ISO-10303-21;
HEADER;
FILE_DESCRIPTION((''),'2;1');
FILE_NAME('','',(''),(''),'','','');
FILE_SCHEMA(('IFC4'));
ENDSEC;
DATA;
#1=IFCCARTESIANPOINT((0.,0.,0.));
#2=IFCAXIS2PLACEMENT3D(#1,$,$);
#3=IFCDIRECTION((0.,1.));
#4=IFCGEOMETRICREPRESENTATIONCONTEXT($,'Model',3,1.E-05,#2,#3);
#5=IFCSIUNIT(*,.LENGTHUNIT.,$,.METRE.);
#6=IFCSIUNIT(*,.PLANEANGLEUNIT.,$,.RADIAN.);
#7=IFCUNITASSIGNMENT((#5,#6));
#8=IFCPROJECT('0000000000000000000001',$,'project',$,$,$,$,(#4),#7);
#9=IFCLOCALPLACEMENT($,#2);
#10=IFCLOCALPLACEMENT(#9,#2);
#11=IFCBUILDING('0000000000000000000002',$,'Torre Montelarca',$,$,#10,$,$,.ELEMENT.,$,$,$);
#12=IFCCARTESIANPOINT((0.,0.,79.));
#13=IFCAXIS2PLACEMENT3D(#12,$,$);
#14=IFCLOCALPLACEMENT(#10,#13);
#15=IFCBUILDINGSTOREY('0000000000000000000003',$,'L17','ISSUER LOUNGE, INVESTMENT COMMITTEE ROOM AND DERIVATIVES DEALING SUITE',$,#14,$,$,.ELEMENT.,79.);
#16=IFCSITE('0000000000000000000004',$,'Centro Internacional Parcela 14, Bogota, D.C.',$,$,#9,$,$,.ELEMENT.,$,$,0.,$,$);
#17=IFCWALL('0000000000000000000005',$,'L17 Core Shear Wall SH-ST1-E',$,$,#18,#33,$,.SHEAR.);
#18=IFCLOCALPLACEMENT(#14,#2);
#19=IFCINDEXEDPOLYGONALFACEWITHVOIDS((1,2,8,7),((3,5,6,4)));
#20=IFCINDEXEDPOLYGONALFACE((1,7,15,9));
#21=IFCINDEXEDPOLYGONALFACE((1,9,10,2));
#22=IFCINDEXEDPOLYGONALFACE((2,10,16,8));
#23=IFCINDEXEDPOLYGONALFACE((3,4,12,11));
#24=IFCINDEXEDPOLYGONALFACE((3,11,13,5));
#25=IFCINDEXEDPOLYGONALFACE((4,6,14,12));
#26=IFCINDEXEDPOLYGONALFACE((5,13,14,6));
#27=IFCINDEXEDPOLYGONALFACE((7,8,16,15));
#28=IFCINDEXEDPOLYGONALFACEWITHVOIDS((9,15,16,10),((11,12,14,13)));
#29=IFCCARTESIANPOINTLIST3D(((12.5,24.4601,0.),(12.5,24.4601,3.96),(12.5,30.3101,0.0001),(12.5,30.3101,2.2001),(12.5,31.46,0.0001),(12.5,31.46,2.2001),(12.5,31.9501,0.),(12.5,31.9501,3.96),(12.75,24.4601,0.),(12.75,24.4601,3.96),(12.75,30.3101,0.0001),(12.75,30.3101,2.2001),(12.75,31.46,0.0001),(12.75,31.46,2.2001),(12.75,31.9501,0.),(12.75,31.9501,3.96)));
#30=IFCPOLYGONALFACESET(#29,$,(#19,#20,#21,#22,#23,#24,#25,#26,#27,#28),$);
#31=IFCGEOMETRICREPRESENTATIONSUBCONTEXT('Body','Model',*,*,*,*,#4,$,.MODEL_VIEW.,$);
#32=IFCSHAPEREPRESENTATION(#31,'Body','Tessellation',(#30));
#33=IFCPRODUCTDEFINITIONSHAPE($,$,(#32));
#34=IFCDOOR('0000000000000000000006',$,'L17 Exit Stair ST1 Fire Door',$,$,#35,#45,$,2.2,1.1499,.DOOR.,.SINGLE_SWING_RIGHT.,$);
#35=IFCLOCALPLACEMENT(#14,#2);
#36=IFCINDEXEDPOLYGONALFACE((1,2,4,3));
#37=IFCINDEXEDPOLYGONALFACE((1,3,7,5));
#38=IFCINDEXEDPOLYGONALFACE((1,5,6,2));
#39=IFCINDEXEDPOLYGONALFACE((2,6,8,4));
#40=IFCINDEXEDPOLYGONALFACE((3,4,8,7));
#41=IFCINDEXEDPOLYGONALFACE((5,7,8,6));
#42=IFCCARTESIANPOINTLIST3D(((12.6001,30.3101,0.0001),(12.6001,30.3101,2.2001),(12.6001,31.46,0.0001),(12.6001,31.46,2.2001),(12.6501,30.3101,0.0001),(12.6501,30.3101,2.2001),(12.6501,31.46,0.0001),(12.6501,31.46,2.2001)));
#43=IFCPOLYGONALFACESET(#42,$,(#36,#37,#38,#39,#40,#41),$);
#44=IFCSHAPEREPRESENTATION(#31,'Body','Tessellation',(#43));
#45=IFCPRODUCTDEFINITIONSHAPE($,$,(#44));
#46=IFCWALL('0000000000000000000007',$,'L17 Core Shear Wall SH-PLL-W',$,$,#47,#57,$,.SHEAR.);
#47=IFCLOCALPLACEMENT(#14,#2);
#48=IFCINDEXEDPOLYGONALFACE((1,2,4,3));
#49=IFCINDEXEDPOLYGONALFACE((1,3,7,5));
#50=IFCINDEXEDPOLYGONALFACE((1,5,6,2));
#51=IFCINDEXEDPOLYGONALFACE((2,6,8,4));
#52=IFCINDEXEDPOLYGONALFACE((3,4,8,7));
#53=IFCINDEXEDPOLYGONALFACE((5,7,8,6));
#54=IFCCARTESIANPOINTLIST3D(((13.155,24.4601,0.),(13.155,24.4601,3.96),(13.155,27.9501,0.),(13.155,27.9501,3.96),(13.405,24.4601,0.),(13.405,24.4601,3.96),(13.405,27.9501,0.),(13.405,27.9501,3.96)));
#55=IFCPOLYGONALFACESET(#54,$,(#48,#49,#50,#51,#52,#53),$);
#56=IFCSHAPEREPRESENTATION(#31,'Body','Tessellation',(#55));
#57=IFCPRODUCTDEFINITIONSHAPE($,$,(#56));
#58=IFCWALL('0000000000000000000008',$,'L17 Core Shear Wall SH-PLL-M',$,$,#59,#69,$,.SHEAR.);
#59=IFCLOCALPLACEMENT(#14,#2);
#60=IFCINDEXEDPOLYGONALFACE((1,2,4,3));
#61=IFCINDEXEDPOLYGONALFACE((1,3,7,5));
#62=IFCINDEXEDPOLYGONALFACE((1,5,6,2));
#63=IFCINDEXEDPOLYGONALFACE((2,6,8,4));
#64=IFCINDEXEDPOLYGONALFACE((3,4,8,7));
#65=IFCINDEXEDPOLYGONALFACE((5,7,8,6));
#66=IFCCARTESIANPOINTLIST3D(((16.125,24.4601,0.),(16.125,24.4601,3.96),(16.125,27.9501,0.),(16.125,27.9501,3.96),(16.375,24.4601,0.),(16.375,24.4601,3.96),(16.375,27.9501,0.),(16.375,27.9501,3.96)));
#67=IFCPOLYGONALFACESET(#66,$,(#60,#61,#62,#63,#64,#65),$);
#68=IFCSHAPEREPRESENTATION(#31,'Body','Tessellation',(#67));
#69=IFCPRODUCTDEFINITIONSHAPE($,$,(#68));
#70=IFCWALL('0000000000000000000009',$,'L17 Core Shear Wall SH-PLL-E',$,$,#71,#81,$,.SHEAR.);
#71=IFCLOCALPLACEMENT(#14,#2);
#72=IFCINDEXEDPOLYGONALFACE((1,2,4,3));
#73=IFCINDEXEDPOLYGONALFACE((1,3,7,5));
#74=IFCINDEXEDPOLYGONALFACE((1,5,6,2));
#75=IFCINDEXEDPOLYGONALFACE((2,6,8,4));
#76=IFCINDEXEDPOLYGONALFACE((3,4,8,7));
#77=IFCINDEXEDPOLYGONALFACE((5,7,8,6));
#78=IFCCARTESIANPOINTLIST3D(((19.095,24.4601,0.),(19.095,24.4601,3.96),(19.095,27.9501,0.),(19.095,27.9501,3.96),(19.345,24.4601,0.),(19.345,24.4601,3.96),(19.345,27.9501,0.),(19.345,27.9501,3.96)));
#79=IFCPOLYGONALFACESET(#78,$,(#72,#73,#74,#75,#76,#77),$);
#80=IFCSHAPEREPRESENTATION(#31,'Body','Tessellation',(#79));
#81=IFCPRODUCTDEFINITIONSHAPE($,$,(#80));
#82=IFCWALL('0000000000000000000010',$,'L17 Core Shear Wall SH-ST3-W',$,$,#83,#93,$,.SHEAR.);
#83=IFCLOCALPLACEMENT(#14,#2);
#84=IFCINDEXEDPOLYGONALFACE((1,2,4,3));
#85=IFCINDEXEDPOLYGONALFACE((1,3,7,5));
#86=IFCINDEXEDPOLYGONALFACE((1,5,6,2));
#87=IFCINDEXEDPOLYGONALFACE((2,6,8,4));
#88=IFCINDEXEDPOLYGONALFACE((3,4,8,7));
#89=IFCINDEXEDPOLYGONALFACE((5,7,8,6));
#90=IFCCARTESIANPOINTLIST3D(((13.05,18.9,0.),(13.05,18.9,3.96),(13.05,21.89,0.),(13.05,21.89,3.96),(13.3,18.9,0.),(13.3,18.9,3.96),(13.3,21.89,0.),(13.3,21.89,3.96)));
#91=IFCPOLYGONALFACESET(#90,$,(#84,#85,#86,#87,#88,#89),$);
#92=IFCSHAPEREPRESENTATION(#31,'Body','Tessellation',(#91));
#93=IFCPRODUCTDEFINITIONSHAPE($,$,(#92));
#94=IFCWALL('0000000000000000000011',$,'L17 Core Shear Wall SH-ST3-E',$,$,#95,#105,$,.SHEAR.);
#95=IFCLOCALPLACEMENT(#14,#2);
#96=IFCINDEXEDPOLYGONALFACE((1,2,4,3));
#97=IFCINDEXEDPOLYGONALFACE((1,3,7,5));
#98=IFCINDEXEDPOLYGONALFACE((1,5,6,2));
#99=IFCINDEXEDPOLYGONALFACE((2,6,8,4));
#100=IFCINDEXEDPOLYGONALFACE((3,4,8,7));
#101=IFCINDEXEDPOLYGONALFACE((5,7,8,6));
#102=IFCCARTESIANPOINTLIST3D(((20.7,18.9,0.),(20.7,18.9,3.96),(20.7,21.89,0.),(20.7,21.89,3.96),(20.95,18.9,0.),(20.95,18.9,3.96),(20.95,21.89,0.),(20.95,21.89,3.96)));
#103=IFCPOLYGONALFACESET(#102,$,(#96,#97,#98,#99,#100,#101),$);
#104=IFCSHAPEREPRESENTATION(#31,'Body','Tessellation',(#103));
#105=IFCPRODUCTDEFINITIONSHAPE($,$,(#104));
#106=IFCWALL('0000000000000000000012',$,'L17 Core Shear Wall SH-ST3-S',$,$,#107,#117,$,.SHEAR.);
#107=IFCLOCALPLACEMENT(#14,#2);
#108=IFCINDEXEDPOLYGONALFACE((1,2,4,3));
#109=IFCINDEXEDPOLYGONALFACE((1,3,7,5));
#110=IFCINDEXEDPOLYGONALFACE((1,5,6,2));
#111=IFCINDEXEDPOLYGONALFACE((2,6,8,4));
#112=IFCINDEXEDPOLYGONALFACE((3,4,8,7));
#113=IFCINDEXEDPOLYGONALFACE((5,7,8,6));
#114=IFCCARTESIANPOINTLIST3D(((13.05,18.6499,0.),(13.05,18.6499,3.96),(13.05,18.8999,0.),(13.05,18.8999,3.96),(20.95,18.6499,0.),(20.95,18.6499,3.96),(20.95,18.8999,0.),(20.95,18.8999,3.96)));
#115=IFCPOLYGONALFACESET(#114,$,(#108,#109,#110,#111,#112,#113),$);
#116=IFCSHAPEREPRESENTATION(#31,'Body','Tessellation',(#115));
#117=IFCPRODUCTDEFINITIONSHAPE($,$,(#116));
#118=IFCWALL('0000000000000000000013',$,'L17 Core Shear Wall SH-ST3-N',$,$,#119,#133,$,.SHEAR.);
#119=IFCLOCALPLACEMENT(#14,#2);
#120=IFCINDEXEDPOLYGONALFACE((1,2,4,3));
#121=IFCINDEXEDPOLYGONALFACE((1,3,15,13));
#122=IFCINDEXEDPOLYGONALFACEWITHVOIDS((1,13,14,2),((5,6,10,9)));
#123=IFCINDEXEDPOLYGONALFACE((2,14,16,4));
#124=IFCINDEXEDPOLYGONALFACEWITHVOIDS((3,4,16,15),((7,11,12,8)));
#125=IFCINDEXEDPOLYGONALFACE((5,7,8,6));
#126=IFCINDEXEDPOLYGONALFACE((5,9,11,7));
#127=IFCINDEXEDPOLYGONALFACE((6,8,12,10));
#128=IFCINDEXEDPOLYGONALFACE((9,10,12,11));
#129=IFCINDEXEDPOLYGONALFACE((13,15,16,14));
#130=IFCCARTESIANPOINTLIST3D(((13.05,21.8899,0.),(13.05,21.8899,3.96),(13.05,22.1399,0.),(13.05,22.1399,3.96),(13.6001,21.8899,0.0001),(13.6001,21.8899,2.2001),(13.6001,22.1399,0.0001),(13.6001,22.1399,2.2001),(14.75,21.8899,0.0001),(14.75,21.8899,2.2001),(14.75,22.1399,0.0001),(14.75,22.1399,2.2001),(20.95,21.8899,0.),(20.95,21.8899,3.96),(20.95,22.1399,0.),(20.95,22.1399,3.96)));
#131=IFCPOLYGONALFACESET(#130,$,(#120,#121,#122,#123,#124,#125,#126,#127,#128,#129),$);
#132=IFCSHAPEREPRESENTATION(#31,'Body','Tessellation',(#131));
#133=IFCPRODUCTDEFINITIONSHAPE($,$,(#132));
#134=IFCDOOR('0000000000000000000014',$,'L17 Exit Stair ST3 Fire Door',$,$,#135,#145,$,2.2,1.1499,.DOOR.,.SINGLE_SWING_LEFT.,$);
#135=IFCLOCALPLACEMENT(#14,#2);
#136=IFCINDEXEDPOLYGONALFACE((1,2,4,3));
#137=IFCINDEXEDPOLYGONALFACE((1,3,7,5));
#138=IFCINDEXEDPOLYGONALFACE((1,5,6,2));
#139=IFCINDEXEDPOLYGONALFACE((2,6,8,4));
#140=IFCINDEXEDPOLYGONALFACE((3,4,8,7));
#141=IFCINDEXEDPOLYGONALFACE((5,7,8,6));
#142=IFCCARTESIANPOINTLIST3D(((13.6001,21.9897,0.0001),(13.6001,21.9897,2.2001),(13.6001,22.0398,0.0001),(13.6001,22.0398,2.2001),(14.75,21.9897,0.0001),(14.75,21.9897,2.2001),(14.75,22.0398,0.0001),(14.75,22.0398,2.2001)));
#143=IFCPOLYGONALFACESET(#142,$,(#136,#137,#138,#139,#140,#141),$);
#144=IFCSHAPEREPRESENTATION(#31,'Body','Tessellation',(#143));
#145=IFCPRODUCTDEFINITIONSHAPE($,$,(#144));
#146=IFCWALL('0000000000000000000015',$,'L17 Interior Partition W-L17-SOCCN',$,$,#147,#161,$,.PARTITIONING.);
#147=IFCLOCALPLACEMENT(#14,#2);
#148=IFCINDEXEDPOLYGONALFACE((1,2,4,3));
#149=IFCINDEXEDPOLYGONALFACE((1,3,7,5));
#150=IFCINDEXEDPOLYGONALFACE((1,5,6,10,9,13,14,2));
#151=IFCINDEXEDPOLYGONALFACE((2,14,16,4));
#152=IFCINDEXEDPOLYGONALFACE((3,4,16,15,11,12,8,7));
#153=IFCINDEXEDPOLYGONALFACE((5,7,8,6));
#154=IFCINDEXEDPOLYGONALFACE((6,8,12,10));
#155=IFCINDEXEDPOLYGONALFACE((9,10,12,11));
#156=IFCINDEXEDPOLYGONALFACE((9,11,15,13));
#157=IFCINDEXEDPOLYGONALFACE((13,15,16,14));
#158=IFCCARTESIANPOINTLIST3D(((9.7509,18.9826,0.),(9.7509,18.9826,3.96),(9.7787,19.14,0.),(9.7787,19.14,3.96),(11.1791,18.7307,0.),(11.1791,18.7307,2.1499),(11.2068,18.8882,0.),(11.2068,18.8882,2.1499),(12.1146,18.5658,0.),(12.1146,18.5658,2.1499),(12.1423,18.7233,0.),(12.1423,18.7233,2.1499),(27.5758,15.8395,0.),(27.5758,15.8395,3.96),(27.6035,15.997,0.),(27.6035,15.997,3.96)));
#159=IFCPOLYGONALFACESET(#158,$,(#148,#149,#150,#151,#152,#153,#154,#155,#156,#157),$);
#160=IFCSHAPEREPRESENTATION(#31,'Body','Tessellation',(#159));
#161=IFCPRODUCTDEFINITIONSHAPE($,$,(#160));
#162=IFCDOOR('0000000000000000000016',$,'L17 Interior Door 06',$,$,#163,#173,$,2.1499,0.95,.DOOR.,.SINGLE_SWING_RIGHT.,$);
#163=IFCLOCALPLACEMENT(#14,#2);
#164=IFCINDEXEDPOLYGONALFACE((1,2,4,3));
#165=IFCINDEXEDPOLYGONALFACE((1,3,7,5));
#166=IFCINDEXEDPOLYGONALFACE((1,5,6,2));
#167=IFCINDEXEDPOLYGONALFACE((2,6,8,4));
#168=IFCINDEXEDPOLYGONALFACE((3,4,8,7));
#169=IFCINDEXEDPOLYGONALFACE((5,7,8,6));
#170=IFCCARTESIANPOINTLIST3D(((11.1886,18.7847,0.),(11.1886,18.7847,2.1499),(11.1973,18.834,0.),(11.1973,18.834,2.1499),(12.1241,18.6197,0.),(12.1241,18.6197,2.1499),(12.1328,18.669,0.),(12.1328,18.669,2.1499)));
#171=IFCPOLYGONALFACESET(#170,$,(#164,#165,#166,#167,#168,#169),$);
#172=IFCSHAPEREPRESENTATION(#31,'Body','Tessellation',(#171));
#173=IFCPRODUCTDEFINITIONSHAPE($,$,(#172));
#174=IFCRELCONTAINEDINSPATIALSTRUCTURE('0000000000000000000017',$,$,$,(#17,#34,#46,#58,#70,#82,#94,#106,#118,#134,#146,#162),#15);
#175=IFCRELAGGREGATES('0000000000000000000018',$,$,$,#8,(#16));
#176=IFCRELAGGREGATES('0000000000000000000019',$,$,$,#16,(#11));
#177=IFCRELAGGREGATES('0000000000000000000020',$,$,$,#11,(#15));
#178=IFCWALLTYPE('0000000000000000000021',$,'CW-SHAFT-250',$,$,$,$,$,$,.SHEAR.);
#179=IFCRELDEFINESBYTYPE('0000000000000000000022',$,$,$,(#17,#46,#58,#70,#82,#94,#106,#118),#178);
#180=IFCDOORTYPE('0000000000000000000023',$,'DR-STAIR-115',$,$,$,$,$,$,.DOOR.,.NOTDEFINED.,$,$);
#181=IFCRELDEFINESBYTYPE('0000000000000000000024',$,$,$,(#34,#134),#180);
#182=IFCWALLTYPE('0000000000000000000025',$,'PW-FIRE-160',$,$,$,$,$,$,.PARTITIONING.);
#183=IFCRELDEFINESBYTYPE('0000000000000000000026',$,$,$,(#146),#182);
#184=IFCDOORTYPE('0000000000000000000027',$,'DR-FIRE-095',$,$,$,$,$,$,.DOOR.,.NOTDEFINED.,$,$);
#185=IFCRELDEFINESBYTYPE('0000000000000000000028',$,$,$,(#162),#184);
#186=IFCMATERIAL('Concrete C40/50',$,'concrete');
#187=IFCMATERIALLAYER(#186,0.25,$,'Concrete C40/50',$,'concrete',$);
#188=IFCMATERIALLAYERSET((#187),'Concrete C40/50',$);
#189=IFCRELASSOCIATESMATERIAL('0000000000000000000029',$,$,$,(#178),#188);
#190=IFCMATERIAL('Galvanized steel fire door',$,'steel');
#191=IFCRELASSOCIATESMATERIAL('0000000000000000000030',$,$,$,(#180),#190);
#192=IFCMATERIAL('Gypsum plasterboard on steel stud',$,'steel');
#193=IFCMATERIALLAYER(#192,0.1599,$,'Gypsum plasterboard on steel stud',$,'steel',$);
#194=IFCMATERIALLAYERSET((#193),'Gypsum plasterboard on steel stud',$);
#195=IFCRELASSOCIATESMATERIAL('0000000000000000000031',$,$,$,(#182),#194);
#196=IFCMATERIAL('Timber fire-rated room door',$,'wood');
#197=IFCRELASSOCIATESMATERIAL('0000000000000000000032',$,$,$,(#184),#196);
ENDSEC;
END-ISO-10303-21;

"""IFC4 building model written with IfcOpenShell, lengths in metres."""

from ifc_helpers import new_model, si_unit, direction, frame, frame_2d, origin, place, context, subcontext, project, spatial, rectangle, extrude, source, transform, mapped, material, layer, layer_set, type_object, element, fill, save


model = new_model("IFC4")

# Units and contexts
model_context = context("Model", 3, precision=1e-05, world=origin(), true_north=direction((0.0, 1.0)))
body_context = subcontext(model_context, "Body", "Model", "MODEL_VIEW")
ifc_project = project(units=[si_unit("LENGTHUNIT", "METRE"), si_unit("PLANEANGLEUNIT", "RADIAN")], contexts=[model_context])

# Site, building, storey
site_placement = place(None, origin())
site = spatial("IfcSite", under=ifc_project, at=site_placement, Name="Centro Internacional Parcela 14, Bogota, D.C.", CompositionType="ELEMENT", RefElevation=0.0)
building_placement = place(site_placement, origin())
building = spatial("IfcBuilding", under=site, at=building_placement, Name="Torre Montelarca", CompositionType="ELEMENT")
storey_placement = place(building_placement, frame((0.0, 0.0, 79.0)))
storey = spatial("IfcBuildingStorey", under=building, at=storey_placement, Name="L17", Description="ISSUER LOUNGE, INVESTMENT COMMITTEE ROOM AND DERIVATIVES DEALING SUITE", CompositionType="ELEMENT", Elevation=79.0)

# Wall, opening, door
ifc_material_1 = material(Name="Concrete C40/50", Category="concrete")
ifc_layer_1 = layer(ifc_material_1, 0.25, Name="Concrete C40/50", Category="concrete")
ifc_layer_set_1 = layer_set([ifc_layer_1], Name="Concrete C40/50")
wall_type_1 = type_object("IfcWallType", Name="CW-SHAFT-250", PredefinedType="SHEAR", material=ifc_layer_set_1)
wall_1_placement = place(storey_placement, frame((12.625, 24.46, 0.0), z_axis=(0.0, 0.0, 1.0), x_axis=(0.0, 1.0, 0.0)))
wall_1 = element("IfcWall", 1, at=wall_1_placement, inside=storey, type_object=wall_type_1, Name="L17 Core Shear Wall SH-ST1-E", PredefinedType="SHEAR", context=body_context, shape_type="SweptSolid", body=[
    extrude(rectangle(XDim=7.49, YDim=0.25, at=frame_2d((3.7451, 0.0))), origin(), (0.0, 0.0, 1.0), 3.96),
])
opening_1_placement = place(wall_1_placement, frame((5.8501, 0.0, 0.0)))
opening_1 = element("IfcOpeningElement", 2, at=opening_1_placement, cuts=wall_1, PredefinedType="OPENING", context=body_context, shape_type="SweptSolid", body=[
    extrude(rectangle(XDim=1.1499, YDim=2.2, at=frame_2d((0.575, 1.1001))), frame((0.0, 0.135, 0.0), z_axis=(0.0, -1.0, 0.0), x_axis=(1.0, 0.0, 0.0)), (0.0, 0.0, 1.0), 0.27),
])
ifc_material_2 = material(Name="Galvanized steel fire door", Category="steel")
door_type_1 = type_object("IfcDoorType", Name="DR-STAIR-115", OperationType="NOTDEFINED", PredefinedType="DOOR", material=ifc_material_2)
shared_shape_1 = source(origin(), body_context, "Body", "SweptSolid", [
    extrude(rectangle(XDim=1.1499, YDim=2.2, at=frame_2d((0.575, 1.1001))), frame((0.0, 0.0249, 0.0), z_axis=(0.0, -1.0, 0.0), x_axis=(1.0, 0.0, 0.0)), (0.0, 0.0, 1.0), 0.05),
])
door_1_placement = place(opening_1_placement, origin())
door_1 = element("IfcDoor", 3, at=door_1_placement, inside=storey, type_object=door_type_1, Name="L17 Exit Stair ST1 Fire Door", OperationType="SINGLE_SWING_RIGHT", OverallHeight=2.2, OverallWidth=1.1499, PredefinedType="DOOR", context=body_context, shape_type="MappedRepresentation", body=[
    mapped(shared_shape_1, transform((0.0, 0.0, 0.0), scale=1.0)),
])
fill(opening_1, door_1)

# Walls
for number, where, z_axis, x_axis, name in (
    (4, (13.28, 24.46, 0.0), (0.0, 0.0, 1.0), (0.0, 1.0, 0.0), "L17 Core Shear Wall SH-PLL-W"),
    (5, (16.25, 24.46, 0.0), (0.0, 0.0, 1.0), (0.0, 1.0, 0.0), "L17 Core Shear Wall SH-PLL-M"),
    (6, (19.22, 24.46, 0.0), (0.0, 0.0, 1.0), (0.0, 1.0, 0.0), "L17 Core Shear Wall SH-PLL-E"),
):
    element("IfcWall", number, at=place(storey_placement, frame(where, z_axis=z_axis, x_axis=x_axis)), inside=storey, type_object=wall_type_1, Name=name, PredefinedType="SHEAR", context=body_context, shape_type="SweptSolid", body=[
        extrude(rectangle(XDim=3.49, YDim=0.25, at=frame_2d((1.7451, 0.0))), origin(), (0.0, 0.0, 1.0), 3.96),
    ])
for number, where, z_axis, x_axis, name in (
    (7, (13.175, 18.8999, 0.0), (0.0, 0.0, 1.0), (0.0, 1.0, 0.0), "L17 Core Shear Wall SH-ST3-W"),
    (8, (20.825, 18.8999, 0.0), (0.0, 0.0, 1.0), (0.0, 1.0, 0.0), "L17 Core Shear Wall SH-ST3-E"),
):
    element("IfcWall", number, at=place(storey_placement, frame(where, z_axis=z_axis, x_axis=x_axis)), inside=storey, type_object=wall_type_1, Name=name, PredefinedType="SHEAR", context=body_context, shape_type="SweptSolid", body=[
        extrude(rectangle(XDim=2.99, YDim=0.25, at=frame_2d((1.4951, 0.0))), origin(), (0.0, 0.0, 1.0), 3.96),
    ])
wall_2_placement = place(storey_placement, frame((13.05, 18.7749, 0.0), z_axis=(0.0, 0.0, 1.0), x_axis=(1.0, 0.0, 0.0)))
element("IfcWall", 9, at=wall_2_placement, inside=storey, type_object=wall_type_1, Name="L17 Core Shear Wall SH-ST3-S", PredefinedType="SHEAR", context=body_context, shape_type="SweptSolid", body=[
    extrude(rectangle(XDim=7.8999, YDim=0.25, at=frame_2d((3.95, 0.0))), origin(), (0.0, 0.0, 1.0), 3.96),
])

# Walls, openings, doors
wall_3_placement = place(storey_placement, frame((13.05, 22.0149, 0.0), z_axis=(0.0, 0.0, 1.0), x_axis=(1.0, 0.0, 0.0)))
wall_3 = element("IfcWall", 10, at=wall_3_placement, inside=storey, type_object=wall_type_1, Name="L17 Core Shear Wall SH-ST3-N", PredefinedType="SHEAR", context=body_context, shape_type="SweptSolid", body=[
    extrude(rectangle(XDim=7.8999, YDim=0.25, at=frame_2d((3.95, 0.0))), origin(), (0.0, 0.0, 1.0), 3.96),
])
opening_2_placement = place(wall_3_placement, frame((0.55, 0.0, 0.0)))
opening_2 = element("IfcOpeningElement", 11, at=opening_2_placement, cuts=wall_3, PredefinedType="OPENING", context=body_context, shape_type="SweptSolid", body=[
    extrude(rectangle(XDim=1.1499, YDim=2.2, at=frame_2d((0.575, 1.1001))), frame((0.0, 0.135, 0.0), z_axis=(0.0, -1.0, 0.0), x_axis=(1.0, 0.0, 0.0)), (0.0, 0.0, 1.0), 0.27),
])
door_2_placement = place(opening_2_placement, origin())
door_2 = element("IfcDoor", 12, at=door_2_placement, inside=storey, type_object=door_type_1, Name="L17 Exit Stair ST3 Fire Door", OperationType="SINGLE_SWING_LEFT", OverallHeight=2.2, OverallWidth=1.1499, PredefinedType="DOOR", context=body_context, shape_type="MappedRepresentation", body=[
    mapped(shared_shape_1, transform((0.0, 0.0, 0.0), scale=1.0)),
])
fill(opening_2, door_2)
ifc_material_3 = material(Name="Gypsum plasterboard on steel stud", Category="steel")
ifc_layer_2 = layer(ifc_material_3, 0.1599, Name="Gypsum plasterboard on steel stud", Category="steel")
ifc_layer_set_2 = layer_set([ifc_layer_2], Name="Gypsum plasterboard on steel stud")
wall_type_2 = type_object("IfcWallType", Name="PW-FIRE-160", PredefinedType="PARTITIONING", material=ifc_layer_set_2)
wall_4_placement = place(storey_placement, frame((9.7649, 19.0613, 0.0), z_axis=(0.0, 0.0, 1.0), x_axis=(0.984807, -0.173651, 0.0)))
wall_4 = element("IfcWall", 13, at=wall_4_placement, inside=storey, type_object=wall_type_2, Name="L17 Interior Partition W-L17-SOCCN", PredefinedType="PARTITIONING", context=body_context, shape_type="SweptSolid", body=[
    extrude(rectangle(XDim=18.0999, YDim=0.1599, at=frame_2d((9.0498, 0.0))), origin(), (0.0, 0.0, 1.0), 3.96),
])
opening_3_placement = place(wall_4_placement, frame((1.45, 0.0, 0.0)))
opening_3 = element("IfcOpeningElement", 14, at=opening_3_placement, cuts=wall_4, PredefinedType="OPENING", context=body_context, shape_type="SweptSolid", body=[
    extrude(rectangle(XDim=0.95, YDim=2.1499, at=frame_2d((0.4751, 1.075))), frame((0.0, 0.0898, 0.0), z_axis=(0.0, -1.0, 0.0), x_axis=(1.0, 0.0, 0.0)), (0.0, 0.0, 1.0), 0.1799),
])
ifc_material_4 = material(Name="Timber fire-rated room door", Category="wood")
door_type_2 = type_object("IfcDoorType", Name="DR-FIRE-095", OperationType="NOTDEFINED", PredefinedType="DOOR", material=ifc_material_4)
shared_shape_2 = source(origin(), body_context, "Body", "SweptSolid", [
    extrude(rectangle(XDim=0.95, YDim=2.1499, at=frame_2d((0.4751, 1.075))), frame((0.0, 0.0249, 0.0), z_axis=(0.0, -1.0, 0.0), x_axis=(1.0, 0.0, 0.0)), (0.0, 0.0, 1.0), 0.05),
])
door_3_placement = place(opening_3_placement, origin())
door_3 = element("IfcDoor", 15, at=door_3_placement, inside=storey, type_object=door_type_2, Name="L17 Interior Door 06", OperationType="SINGLE_SWING_RIGHT", OverallHeight=2.1499, OverallWidth=0.95, PredefinedType="DOOR", context=body_context, shape_type="MappedRepresentation", body=[
    mapped(shared_shape_2, transform((0.0, 0.0, 0.0), scale=1.0)),
])
fill(opening_3, door_3)

save(model, "model.ifc")
